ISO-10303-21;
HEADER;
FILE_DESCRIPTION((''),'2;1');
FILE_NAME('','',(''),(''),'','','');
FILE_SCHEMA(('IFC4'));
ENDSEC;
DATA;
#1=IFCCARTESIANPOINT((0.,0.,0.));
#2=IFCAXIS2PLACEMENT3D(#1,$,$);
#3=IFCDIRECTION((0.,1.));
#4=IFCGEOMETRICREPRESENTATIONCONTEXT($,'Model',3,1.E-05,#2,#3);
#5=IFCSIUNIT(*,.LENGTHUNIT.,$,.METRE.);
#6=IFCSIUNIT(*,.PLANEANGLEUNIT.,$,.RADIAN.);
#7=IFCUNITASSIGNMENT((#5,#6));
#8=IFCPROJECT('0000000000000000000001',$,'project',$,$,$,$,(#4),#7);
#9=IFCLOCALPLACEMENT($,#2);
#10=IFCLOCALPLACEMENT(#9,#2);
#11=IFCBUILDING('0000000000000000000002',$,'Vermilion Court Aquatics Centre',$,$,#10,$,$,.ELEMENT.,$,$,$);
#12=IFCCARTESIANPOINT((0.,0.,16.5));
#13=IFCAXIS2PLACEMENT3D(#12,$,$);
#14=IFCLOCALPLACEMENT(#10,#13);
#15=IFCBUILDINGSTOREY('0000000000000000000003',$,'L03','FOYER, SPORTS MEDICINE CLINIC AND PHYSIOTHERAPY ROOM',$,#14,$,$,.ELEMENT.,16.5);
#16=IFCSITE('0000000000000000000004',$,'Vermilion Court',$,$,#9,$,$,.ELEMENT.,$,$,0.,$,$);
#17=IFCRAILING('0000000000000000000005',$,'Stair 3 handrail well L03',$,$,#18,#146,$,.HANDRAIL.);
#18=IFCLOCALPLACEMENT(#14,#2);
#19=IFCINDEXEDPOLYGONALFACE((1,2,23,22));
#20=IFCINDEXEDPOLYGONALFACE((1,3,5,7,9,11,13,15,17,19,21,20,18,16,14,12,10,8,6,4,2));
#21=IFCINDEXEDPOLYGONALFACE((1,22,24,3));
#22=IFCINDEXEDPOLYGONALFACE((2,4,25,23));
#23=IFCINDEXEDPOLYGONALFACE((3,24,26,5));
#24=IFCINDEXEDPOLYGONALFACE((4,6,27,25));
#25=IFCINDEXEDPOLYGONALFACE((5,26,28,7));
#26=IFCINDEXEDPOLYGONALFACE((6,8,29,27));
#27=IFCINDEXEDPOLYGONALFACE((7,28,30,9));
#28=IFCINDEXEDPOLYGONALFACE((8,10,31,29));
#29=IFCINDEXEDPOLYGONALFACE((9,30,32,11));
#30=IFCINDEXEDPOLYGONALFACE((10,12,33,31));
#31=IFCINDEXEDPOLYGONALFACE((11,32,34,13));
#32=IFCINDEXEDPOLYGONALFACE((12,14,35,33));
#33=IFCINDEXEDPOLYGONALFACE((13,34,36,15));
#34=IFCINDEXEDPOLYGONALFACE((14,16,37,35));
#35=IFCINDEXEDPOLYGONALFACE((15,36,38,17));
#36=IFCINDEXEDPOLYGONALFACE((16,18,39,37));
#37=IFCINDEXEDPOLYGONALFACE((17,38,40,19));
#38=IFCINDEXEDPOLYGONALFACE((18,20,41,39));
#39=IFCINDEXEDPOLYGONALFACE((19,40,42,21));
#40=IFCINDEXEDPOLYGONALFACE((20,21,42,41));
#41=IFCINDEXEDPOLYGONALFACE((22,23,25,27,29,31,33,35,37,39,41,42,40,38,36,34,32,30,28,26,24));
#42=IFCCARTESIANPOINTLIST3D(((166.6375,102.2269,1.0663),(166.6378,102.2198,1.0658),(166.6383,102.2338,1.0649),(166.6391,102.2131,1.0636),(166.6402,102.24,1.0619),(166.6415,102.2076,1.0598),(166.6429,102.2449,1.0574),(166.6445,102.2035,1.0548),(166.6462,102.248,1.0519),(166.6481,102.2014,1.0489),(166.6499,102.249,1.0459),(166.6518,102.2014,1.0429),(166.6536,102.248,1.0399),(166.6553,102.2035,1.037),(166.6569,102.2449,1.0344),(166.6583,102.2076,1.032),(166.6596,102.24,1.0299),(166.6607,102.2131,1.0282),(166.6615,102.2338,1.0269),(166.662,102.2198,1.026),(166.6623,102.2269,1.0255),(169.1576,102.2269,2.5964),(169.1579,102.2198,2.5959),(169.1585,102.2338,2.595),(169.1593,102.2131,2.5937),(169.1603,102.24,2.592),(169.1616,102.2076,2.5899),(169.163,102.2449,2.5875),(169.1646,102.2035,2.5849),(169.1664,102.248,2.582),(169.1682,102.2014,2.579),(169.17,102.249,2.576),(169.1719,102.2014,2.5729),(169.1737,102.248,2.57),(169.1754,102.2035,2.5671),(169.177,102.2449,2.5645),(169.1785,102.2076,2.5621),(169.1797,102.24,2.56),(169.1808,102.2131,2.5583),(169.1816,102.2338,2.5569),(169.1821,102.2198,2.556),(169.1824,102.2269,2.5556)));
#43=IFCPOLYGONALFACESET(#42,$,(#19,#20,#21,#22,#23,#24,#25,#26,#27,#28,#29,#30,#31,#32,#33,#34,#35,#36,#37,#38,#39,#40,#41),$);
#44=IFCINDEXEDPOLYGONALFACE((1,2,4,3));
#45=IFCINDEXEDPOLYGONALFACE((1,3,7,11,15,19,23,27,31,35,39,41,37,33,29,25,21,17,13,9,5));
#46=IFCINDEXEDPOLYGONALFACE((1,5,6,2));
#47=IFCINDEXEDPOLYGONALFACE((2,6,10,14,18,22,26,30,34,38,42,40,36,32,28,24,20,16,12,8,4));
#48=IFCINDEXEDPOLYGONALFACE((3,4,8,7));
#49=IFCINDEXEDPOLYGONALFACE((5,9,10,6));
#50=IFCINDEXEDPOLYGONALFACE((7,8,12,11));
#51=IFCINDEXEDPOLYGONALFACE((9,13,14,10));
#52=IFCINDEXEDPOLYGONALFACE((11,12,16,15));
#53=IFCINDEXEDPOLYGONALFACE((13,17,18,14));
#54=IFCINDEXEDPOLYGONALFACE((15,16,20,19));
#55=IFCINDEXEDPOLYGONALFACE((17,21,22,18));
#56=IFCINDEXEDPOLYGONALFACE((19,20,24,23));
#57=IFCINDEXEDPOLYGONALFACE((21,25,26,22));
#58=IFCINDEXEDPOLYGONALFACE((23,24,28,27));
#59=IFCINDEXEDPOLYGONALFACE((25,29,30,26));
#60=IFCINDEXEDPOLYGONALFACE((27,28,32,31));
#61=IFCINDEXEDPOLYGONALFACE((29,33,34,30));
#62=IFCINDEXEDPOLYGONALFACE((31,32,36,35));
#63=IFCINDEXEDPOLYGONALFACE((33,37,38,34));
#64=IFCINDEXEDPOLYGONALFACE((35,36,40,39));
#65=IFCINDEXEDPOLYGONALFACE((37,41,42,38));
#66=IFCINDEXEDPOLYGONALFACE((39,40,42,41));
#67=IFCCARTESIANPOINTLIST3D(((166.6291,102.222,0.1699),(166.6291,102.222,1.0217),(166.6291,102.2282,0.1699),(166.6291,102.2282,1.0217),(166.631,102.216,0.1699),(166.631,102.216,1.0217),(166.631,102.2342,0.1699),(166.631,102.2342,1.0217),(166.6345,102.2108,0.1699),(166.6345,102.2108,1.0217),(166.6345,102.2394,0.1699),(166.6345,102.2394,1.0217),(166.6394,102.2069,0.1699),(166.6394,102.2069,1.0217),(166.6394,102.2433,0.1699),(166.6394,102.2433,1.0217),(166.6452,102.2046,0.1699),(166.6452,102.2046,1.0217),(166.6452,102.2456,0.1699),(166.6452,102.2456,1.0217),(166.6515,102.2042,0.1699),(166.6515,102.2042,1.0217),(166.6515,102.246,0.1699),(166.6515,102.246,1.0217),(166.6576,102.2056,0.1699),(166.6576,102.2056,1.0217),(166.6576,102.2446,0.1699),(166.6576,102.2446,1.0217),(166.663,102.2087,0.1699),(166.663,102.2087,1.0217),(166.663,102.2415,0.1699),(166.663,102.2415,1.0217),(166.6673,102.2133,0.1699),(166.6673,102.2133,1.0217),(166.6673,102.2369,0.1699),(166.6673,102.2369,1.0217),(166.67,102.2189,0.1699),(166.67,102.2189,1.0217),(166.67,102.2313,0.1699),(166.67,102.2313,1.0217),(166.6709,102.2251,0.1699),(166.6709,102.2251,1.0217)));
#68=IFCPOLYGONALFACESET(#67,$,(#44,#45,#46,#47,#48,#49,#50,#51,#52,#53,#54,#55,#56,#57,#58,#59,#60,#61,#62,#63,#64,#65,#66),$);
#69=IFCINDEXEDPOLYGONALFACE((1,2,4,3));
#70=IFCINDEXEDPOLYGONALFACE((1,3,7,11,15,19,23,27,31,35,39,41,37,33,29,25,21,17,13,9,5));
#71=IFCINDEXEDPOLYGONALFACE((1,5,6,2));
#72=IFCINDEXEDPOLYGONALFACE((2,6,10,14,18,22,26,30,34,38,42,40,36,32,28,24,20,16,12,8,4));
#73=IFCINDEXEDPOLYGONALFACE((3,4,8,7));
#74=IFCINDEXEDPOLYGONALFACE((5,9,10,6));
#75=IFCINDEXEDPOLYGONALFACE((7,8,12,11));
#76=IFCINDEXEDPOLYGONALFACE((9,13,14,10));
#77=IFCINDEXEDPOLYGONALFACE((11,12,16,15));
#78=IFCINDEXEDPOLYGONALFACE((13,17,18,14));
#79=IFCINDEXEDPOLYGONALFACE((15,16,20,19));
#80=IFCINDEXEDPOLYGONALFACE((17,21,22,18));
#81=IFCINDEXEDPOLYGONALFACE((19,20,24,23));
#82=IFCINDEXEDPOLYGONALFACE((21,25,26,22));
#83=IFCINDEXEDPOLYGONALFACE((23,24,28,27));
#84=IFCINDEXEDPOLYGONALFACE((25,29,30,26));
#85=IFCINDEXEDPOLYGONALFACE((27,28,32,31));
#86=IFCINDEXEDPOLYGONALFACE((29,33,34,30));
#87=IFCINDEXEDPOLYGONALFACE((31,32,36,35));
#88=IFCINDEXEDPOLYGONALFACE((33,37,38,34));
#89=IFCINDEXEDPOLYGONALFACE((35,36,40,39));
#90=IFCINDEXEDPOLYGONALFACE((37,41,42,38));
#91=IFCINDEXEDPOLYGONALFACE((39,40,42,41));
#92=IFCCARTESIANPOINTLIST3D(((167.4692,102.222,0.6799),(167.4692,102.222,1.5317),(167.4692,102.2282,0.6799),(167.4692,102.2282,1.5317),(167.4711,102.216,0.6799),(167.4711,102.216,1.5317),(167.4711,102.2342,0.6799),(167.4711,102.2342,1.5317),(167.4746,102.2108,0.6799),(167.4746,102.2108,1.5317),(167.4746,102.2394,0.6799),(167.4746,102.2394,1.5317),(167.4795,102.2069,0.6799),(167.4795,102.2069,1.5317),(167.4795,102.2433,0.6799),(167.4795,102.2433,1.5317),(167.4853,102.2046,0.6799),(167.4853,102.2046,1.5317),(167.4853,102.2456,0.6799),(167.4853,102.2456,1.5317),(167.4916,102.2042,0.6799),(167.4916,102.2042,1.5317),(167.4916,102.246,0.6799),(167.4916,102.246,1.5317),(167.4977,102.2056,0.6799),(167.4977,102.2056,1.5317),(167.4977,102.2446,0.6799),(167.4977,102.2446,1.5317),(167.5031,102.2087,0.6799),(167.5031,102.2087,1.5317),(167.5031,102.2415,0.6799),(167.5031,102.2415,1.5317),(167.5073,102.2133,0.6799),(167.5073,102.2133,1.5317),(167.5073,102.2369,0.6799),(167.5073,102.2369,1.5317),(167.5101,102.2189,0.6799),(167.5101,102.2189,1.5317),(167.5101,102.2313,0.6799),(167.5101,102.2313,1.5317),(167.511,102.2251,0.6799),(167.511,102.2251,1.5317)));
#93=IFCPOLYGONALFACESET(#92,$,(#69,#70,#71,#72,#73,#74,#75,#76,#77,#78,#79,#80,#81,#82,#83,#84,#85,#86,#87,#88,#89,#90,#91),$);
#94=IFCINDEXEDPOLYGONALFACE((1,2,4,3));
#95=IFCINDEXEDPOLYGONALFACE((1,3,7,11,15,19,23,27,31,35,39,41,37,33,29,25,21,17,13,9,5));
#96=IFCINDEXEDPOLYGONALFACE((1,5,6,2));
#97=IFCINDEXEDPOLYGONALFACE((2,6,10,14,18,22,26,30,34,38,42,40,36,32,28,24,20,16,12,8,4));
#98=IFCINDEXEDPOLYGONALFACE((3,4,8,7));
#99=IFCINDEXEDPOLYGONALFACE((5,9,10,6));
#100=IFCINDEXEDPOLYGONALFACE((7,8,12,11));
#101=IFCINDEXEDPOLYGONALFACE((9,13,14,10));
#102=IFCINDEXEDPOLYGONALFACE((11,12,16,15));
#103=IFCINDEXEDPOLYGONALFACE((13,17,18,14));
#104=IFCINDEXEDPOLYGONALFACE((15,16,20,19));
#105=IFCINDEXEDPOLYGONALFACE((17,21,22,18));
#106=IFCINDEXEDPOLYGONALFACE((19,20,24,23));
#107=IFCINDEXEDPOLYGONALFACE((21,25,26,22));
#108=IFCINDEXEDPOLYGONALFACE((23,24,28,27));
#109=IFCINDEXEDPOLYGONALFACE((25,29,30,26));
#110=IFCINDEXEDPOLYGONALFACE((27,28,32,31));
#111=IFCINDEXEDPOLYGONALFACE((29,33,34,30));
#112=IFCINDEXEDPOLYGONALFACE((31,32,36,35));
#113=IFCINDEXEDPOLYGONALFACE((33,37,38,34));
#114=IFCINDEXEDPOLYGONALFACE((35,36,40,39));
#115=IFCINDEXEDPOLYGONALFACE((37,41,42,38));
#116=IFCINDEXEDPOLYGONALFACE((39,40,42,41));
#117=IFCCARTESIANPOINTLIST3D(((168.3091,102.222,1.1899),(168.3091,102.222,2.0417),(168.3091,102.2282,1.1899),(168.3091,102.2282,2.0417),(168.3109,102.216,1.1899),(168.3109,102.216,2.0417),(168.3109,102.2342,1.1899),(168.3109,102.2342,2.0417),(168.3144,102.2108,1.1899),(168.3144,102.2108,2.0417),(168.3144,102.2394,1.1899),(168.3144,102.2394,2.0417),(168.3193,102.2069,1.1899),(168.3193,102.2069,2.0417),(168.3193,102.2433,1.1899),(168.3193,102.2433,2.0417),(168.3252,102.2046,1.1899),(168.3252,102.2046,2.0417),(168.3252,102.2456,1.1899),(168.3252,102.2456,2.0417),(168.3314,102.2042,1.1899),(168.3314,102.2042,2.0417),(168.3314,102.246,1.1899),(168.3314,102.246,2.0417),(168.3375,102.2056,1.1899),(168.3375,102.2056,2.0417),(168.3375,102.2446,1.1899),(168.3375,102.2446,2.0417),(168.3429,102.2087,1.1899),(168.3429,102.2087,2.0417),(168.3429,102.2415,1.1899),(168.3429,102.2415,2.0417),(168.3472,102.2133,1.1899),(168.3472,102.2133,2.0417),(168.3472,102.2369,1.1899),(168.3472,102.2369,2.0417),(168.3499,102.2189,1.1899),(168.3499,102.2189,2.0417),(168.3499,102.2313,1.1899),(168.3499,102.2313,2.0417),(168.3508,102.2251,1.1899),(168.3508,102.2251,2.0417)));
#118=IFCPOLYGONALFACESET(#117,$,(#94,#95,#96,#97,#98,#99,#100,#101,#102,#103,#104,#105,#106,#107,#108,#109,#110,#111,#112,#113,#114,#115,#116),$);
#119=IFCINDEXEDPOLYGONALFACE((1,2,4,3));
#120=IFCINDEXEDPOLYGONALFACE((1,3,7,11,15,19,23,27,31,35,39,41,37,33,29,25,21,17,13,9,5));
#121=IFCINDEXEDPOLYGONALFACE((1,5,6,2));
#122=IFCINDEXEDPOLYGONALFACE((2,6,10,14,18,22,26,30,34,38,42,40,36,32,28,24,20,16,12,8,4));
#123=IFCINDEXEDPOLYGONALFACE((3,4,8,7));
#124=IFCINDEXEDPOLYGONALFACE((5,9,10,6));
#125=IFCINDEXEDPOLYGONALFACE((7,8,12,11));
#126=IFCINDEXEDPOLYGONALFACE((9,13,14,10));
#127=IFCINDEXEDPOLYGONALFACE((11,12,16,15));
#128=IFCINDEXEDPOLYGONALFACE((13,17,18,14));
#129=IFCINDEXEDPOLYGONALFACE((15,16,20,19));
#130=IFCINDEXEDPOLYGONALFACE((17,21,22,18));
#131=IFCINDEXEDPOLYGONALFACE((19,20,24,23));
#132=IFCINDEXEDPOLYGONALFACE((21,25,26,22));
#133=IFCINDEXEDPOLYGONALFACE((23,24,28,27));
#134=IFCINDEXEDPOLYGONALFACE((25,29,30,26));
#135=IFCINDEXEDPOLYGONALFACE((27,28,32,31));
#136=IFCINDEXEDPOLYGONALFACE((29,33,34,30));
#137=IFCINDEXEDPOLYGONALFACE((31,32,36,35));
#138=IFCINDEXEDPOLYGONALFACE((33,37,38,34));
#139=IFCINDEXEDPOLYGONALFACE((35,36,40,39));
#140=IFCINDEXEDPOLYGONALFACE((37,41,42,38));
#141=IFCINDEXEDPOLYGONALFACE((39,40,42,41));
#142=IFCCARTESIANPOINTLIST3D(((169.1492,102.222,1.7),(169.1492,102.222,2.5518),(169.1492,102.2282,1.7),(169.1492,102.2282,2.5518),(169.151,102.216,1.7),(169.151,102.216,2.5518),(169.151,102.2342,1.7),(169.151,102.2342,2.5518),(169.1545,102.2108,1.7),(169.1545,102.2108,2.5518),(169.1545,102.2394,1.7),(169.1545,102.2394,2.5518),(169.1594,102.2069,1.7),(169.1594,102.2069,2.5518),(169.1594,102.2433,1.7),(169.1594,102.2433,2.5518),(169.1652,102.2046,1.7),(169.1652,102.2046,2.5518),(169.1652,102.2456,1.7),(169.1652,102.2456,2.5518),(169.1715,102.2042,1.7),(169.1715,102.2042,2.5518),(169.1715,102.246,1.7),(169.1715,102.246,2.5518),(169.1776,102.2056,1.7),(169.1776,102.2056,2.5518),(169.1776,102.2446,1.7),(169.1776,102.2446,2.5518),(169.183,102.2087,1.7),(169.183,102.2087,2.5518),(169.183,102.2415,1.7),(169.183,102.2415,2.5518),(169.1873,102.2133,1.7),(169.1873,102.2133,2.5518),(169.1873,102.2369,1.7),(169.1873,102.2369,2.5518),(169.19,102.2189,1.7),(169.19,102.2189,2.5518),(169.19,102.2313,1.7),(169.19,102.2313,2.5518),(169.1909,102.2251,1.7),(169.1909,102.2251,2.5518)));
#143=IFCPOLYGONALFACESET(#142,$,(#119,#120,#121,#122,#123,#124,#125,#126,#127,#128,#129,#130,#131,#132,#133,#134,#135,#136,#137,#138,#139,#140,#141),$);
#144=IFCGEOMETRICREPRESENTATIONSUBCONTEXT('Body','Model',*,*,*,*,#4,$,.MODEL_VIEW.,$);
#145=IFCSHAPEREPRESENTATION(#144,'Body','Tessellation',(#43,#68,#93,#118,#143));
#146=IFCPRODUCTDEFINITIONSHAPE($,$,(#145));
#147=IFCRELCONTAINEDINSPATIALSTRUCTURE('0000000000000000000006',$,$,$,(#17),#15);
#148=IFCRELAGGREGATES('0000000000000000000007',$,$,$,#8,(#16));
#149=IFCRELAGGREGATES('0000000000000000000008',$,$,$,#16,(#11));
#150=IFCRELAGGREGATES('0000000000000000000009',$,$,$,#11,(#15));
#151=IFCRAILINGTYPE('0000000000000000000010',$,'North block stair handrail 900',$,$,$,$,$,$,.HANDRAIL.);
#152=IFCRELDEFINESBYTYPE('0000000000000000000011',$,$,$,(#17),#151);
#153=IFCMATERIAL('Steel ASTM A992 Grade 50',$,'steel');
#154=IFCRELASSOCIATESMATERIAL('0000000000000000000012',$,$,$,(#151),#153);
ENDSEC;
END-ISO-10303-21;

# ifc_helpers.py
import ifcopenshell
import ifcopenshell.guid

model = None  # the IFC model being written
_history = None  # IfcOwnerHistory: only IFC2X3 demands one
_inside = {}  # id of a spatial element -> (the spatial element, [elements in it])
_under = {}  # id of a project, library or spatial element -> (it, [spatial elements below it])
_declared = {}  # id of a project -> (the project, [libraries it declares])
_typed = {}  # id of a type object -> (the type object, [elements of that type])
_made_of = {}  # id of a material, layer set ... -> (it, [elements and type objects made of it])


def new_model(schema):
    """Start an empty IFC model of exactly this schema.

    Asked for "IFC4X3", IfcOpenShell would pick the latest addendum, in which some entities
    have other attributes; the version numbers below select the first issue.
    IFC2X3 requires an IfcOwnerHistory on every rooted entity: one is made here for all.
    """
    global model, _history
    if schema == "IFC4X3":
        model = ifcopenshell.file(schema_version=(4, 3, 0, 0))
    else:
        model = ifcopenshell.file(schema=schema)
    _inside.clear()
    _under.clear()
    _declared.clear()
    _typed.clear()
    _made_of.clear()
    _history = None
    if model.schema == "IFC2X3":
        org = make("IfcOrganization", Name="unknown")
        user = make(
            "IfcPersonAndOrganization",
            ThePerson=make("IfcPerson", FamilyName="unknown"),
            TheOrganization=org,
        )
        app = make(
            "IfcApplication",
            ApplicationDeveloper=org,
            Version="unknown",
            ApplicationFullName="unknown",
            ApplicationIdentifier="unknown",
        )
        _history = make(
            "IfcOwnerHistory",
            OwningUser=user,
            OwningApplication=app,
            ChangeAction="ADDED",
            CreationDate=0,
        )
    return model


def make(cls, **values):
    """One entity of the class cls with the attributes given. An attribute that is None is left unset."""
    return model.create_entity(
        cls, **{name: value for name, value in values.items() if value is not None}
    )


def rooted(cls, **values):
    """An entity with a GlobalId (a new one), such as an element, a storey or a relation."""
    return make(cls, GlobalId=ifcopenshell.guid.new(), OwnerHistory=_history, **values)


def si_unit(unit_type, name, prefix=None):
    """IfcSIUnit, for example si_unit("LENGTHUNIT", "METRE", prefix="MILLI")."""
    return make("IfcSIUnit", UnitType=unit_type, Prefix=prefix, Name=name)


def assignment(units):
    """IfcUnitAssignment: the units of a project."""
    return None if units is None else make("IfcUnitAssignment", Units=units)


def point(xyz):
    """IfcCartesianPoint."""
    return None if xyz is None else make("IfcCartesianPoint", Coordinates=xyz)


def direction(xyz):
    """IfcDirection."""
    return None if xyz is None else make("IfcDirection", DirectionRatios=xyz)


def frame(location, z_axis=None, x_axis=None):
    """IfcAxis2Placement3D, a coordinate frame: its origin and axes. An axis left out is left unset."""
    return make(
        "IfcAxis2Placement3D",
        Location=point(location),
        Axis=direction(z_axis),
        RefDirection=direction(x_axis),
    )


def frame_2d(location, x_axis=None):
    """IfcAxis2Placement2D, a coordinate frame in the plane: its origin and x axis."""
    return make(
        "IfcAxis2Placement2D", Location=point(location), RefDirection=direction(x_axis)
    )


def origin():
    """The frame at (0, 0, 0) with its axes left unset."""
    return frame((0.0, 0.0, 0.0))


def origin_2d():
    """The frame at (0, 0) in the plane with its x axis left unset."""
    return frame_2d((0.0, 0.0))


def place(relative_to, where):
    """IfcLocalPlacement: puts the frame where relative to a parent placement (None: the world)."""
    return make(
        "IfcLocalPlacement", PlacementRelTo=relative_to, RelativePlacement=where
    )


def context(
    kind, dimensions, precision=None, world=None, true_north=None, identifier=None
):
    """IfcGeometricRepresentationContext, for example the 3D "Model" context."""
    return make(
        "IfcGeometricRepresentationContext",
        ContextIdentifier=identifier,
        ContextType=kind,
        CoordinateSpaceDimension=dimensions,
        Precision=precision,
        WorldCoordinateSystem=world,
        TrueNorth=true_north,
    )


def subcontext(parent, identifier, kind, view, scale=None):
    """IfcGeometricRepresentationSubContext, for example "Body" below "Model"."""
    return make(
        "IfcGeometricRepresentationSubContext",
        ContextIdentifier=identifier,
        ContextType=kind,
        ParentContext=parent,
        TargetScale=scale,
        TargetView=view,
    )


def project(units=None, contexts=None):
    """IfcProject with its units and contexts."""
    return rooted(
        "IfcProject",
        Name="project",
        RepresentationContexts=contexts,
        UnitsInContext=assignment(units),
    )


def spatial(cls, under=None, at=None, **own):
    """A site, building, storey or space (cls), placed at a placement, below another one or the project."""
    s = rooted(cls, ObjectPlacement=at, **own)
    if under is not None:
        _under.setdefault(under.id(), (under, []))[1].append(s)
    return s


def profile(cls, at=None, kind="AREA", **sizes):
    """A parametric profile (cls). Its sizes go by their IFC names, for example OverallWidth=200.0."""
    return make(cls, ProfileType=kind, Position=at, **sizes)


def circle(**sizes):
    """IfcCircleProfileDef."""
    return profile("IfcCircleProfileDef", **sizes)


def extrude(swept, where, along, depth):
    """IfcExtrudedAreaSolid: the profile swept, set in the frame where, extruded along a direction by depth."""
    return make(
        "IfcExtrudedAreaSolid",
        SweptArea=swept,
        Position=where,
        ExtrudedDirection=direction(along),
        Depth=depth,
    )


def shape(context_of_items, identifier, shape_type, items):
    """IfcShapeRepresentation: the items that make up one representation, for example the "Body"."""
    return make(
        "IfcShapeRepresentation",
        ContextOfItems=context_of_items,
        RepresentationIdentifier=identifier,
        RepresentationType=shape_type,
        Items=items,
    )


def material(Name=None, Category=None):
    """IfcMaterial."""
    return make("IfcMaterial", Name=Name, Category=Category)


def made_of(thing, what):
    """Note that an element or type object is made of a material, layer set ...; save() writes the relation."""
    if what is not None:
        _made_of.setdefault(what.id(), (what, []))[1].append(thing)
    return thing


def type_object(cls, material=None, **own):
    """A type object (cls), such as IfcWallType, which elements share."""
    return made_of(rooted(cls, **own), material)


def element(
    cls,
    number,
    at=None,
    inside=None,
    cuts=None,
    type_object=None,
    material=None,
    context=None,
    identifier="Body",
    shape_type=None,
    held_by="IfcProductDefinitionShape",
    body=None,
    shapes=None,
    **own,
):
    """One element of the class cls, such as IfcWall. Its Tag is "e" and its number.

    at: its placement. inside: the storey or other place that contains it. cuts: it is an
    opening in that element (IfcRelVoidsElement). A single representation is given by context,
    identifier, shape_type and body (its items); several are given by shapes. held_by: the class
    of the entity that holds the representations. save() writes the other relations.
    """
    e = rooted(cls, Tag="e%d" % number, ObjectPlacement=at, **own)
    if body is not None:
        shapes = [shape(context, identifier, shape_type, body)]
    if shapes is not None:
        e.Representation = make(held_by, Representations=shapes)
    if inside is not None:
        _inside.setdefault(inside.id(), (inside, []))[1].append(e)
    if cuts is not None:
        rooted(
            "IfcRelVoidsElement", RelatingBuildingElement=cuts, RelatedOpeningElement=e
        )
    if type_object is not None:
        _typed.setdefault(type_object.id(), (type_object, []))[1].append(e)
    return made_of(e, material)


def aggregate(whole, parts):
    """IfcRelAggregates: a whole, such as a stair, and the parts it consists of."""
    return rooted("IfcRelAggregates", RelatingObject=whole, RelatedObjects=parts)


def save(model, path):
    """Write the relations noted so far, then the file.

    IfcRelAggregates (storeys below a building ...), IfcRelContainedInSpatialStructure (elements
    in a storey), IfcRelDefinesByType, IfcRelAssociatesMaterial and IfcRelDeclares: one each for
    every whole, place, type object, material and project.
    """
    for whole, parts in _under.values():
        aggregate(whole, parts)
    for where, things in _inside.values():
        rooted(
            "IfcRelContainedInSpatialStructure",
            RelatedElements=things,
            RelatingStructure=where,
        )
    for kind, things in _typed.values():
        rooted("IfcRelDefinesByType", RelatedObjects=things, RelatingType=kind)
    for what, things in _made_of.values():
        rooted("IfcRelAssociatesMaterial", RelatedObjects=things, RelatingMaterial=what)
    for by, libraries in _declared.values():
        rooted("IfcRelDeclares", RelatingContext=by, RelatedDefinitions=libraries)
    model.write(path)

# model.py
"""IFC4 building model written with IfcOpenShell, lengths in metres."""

from ifc_helpers import new_model, si_unit, direction, frame, origin, origin_2d, place, context, subcontext, project, spatial, circle, extrude, material, type_object, element, save


model = new_model("IFC4")

# Units and contexts
model_context = context("Model", 3, precision=1e-05, world=origin(), true_north=direction((0.0, 1.0)))
body_context = subcontext(model_context, "Body", "Model", "MODEL_VIEW")
ifc_project = project(units=[si_unit("LENGTHUNIT", "METRE"), si_unit("PLANEANGLEUNIT", "RADIAN")], contexts=[model_context])

# Site, building, storey
site_placement = place(None, origin())
site = spatial("IfcSite", under=ifc_project, at=site_placement, Name="Vermilion Court", CompositionType="ELEMENT", RefElevation=0.0)
building_placement = place(site_placement, origin())
building = spatial("IfcBuilding", under=site, at=building_placement, Name="Vermilion Court Aquatics Centre", CompositionType="ELEMENT")
storey_placement = place(building_placement, frame((0.0, 0.0, 16.5)))
storey = spatial("IfcBuildingStorey", under=building, at=storey_placement, Name="L03", Description="FOYER, SPORTS MEDICINE CLINIC AND PHYSIOTHERAPY ROOM", CompositionType="ELEMENT", Elevation=16.5)

# Railing
ifc_material_1 = material(Name="Steel ASTM A992 Grade 50", Category="steel")
railing_type_1 = type_object("IfcRailingType", Name="North block stair handrail 900", PredefinedType="HANDRAIL", material=ifc_material_1)
for number, where, name in (
    (1, (166.6499, 102.2251, 0.1699), "Stair 3 handrail well L03"),
):
    element("IfcRailing", number, at=place(storey_placement, frame(where)), inside=storey, type_object=railing_type_1, Name=name, PredefinedType="HANDRAIL", context=body_context, shape_type="SweptSolid", body=[
        extrude(circle(Radius=0.0239, at=origin_2d()), frame((0.0, 0.0, 0.876), z_axis=(0.854785, 0.0, 0.518982), x_axis=(0.0, 1.0, 0.0)), (0.0, 0.0, 1.0), 2.9482),
        extrude(circle(Radius=0.021, at=origin_2d()), origin(), (0.0, 0.0, 1.0), 0.8518),
        extrude(circle(Radius=0.021, at=origin_2d()), frame((0.8401, 0.0, 0.51)), (0.0, 0.0, 1.0), 0.8518),
        extrude(circle(Radius=0.021, at=origin_2d()), frame((1.6799, 0.0, 1.02)), (0.0, 0.0, 1.0), 0.8518),
        extrude(circle(Radius=0.021, at=origin_2d()), frame((2.52, 0.0, 1.53)), (0.0, 0.0, 1.0), 0.8518),
    ])

save(model, "model.ifc")
